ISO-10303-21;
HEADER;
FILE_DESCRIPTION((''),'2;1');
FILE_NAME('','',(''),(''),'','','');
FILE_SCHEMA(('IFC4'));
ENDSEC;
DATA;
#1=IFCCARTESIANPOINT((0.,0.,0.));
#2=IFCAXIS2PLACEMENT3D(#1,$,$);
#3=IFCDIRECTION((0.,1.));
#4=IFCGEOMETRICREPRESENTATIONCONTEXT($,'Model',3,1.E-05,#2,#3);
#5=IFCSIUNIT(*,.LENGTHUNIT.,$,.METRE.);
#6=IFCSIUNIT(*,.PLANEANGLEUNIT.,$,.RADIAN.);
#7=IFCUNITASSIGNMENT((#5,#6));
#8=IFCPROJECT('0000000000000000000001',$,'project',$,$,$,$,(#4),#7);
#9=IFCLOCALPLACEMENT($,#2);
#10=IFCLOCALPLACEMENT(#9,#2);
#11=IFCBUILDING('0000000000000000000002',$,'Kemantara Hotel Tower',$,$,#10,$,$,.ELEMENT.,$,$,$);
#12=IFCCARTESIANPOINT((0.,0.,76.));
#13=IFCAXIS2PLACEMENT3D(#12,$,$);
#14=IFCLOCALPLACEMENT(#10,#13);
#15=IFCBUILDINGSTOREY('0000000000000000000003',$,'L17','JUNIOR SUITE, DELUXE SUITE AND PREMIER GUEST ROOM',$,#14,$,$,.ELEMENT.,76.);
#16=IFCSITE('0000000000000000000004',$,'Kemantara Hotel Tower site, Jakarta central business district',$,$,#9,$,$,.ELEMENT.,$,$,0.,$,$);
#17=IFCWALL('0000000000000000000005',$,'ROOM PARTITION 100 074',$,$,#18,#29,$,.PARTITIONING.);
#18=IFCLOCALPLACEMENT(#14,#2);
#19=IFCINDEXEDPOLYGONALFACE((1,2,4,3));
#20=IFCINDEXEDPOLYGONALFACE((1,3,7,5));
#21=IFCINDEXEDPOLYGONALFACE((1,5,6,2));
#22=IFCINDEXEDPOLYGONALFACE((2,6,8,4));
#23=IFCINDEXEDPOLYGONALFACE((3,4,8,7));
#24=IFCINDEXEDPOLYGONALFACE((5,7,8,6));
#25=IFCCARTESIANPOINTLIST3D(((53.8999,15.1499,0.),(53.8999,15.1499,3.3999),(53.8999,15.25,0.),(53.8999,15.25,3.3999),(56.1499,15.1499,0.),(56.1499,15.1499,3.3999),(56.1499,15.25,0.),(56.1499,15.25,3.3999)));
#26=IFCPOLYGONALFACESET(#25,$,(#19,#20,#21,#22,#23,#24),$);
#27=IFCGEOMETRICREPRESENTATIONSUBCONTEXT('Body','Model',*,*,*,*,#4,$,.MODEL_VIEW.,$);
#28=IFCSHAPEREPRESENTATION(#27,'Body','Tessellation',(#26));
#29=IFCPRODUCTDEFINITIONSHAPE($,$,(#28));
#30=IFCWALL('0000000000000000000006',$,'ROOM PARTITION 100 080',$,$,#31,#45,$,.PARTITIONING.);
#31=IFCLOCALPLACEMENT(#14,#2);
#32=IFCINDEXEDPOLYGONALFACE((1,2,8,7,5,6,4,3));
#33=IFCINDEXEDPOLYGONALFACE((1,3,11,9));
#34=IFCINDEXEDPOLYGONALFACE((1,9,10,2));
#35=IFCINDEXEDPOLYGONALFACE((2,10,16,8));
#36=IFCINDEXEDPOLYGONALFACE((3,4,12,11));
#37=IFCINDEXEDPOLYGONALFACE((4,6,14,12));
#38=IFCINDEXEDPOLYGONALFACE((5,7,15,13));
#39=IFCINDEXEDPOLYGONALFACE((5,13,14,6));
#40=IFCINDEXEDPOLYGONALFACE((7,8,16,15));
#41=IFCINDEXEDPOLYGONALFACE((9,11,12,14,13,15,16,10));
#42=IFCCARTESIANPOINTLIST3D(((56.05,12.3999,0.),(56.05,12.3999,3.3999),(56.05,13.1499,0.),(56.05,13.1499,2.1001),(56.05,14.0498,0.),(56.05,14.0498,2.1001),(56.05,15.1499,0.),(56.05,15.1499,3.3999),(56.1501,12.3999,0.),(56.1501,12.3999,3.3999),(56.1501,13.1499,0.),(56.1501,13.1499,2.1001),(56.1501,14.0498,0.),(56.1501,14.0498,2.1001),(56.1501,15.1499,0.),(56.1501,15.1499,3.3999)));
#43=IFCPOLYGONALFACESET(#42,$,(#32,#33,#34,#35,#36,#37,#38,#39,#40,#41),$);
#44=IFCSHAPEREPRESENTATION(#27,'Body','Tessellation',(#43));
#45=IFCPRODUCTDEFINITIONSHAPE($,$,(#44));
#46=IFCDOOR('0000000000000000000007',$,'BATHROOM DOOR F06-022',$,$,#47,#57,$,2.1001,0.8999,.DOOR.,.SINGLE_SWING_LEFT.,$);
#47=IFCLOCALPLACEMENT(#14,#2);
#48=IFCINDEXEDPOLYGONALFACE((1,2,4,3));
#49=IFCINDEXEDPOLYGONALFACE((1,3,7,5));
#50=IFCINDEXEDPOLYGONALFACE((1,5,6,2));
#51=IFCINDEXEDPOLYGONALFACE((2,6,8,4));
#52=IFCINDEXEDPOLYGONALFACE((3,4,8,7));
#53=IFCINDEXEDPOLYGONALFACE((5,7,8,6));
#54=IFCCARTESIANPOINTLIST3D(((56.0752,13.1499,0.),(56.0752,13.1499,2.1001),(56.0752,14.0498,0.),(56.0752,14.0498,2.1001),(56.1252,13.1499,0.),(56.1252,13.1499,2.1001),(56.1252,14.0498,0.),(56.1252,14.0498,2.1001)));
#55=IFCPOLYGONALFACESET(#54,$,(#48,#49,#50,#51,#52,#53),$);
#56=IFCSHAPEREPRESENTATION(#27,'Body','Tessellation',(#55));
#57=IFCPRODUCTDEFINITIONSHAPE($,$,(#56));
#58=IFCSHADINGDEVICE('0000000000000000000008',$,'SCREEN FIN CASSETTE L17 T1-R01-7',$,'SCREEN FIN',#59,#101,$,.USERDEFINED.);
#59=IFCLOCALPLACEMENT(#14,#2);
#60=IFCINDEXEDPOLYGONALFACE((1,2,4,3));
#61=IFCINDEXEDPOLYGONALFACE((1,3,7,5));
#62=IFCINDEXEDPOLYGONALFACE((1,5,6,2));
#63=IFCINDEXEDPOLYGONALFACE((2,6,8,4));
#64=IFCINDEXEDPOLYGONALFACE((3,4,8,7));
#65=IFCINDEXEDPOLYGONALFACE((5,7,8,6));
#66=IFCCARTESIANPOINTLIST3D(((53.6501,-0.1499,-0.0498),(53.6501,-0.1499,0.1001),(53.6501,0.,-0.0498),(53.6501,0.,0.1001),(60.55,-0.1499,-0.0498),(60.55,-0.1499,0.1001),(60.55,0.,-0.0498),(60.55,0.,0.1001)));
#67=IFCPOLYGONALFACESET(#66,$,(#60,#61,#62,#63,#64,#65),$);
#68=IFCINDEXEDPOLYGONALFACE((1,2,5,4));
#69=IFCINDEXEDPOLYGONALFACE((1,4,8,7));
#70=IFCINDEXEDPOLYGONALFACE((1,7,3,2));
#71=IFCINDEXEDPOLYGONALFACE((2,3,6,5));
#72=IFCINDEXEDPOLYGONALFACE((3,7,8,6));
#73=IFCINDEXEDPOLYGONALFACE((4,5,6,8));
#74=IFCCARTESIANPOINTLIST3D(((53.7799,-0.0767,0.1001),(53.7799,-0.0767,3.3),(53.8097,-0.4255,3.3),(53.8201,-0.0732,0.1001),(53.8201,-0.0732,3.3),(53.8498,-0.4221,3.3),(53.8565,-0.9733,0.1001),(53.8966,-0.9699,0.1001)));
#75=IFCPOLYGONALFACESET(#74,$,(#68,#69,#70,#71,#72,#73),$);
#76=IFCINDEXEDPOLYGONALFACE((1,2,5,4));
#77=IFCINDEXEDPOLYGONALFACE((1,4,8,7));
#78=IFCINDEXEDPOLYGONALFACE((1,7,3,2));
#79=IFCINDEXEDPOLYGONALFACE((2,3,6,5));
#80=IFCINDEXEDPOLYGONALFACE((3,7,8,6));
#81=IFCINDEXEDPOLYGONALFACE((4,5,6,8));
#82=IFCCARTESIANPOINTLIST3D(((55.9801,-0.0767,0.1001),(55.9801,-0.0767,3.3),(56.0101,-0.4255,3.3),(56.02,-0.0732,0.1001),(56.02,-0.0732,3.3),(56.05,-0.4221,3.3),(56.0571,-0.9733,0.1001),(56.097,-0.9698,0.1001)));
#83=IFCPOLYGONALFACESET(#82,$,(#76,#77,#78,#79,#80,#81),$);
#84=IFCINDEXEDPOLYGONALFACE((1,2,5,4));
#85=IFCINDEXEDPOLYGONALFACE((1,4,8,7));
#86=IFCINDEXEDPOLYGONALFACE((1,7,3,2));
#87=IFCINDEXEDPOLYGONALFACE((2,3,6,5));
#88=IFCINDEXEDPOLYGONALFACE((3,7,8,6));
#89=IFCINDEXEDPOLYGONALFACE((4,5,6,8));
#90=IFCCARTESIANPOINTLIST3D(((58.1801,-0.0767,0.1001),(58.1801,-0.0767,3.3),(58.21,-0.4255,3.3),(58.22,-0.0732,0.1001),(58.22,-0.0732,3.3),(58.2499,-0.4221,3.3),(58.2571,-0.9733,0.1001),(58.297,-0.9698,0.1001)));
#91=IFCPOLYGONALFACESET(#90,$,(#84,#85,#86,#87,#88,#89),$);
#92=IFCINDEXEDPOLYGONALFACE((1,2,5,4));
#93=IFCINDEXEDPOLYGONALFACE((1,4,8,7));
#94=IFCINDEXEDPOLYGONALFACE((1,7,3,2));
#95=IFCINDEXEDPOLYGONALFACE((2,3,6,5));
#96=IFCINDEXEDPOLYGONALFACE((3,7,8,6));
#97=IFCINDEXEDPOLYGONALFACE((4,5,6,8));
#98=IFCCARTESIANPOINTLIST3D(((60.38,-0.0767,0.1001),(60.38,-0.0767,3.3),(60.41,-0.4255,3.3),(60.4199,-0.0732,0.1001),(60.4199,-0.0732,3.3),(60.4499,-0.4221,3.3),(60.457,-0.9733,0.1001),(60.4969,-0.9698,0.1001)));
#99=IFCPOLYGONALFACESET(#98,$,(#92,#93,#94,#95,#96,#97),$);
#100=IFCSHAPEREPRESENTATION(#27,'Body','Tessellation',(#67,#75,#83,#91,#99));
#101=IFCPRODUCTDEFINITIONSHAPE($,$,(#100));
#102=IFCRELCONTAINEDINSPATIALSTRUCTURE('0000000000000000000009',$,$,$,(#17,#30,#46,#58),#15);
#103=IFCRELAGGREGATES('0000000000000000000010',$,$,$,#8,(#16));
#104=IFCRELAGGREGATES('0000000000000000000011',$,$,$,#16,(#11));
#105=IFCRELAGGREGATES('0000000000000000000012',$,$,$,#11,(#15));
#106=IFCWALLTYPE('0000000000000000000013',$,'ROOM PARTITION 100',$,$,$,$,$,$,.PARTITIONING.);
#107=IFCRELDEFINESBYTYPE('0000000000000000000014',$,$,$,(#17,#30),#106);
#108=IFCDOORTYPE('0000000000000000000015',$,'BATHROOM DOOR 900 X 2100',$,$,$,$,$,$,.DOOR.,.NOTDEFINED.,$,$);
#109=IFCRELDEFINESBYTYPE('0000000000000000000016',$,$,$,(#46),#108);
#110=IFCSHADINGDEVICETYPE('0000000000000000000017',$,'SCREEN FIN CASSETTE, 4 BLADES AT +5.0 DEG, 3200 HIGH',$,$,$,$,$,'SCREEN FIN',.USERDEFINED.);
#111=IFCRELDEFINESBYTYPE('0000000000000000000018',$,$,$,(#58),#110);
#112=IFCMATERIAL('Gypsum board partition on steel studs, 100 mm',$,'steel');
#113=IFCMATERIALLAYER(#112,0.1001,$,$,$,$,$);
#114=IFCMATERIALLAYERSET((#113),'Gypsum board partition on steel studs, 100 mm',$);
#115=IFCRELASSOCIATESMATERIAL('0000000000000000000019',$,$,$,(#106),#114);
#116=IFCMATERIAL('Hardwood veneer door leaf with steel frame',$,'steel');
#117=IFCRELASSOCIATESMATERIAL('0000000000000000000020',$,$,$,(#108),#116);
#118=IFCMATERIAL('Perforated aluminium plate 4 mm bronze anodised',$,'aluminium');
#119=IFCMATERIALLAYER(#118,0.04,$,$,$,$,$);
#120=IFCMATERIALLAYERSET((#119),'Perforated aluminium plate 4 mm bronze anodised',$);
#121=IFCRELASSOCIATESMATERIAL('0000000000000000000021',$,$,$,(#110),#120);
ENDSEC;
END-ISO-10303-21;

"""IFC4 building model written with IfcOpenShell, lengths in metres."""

from ifc_helpers import new_model, si_unit, direction, frame, frame_2d, origin, origin_2d, place, context, subcontext, project, spatial, polyline, rectangle, outline, extrude, source, transform, mapped, material, layer, layer_set, type_object, element, fill, save


model = new_model("IFC4")

# Units and contexts
model_context = context("Model", 3, precision=1e-05, world=origin(), true_north=direction((0.0, 1.0)))
body_context = subcontext(model_context, "Body", "Model", "MODEL_VIEW")
ifc_project = project(units=[si_unit("LENGTHUNIT", "METRE"), si_unit("PLANEANGLEUNIT", "RADIAN")], contexts=[model_context])

# Site, building, storey
site_placement = place(None, origin())
site = spatial("IfcSite", under=ifc_project, at=site_placement, Name="Kemantara Hotel Tower site, Jakarta central business district", CompositionType="ELEMENT", RefElevation=0.0)
building_placement = place(site_placement, origin())
building = spatial("IfcBuilding", under=site, at=building_placement, Name="Kemantara Hotel Tower", CompositionType="ELEMENT")
storey_placement = place(building_placement, frame((0.0, 0.0, 76.0)))
storey = spatial("IfcBuildingStorey", under=building, at=storey_placement, Name="L17", Description="JUNIOR SUITE, DELUXE SUITE AND PREMIER GUEST ROOM", CompositionType="ELEMENT", Elevation=76.0)

# Shared definitions
ifc_material_1 = material(Name="Hardwood veneer door leaf with steel frame", Category="steel")

# Shared definitions
ifc_material_2 = material(Name="Gypsum board partition on steel studs, 100 mm", Category="steel")
ifc_layer_1 = layer(ifc_material_2, 0.1001)
ifc_layer_set_1 = layer_set([ifc_layer_1], Name="Gypsum board partition on steel studs, 100 mm")
wall_type_1 = type_object("IfcWallType", Name="ROOM PARTITION 100", PredefinedType="PARTITIONING", material=ifc_layer_set_1)
door_type_1 = type_object("IfcDoorType", Name="BATHROOM DOOR 900 X 2100", OperationType="NOTDEFINED", PredefinedType="DOOR", material=ifc_material_1)

# Wall
wall_1_placement = place(storey_placement, frame((53.8999, 15.2, 0.0), z_axis=(0.0, 0.0, 1.0), x_axis=(1.0, 0.0, 0.0)))
element("IfcWall", 1, at=wall_1_placement, inside=storey, type_object=wall_type_1, Name="ROOM PARTITION 100 074", PredefinedType="PARTITIONING", context=body_context, shape_type="SweptSolid", body=[
    extrude(rectangle(XDim=2.25, YDim=0.1001, at=frame_2d((1.125, 0.0))), origin(), (0.0, 0.0, 1.0), 3.3999),
])

# Wall, opening, door
wall_2_placement = place(storey_placement, frame((56.1001, 12.3999, 0.0), z_axis=(0.0, 0.0, 1.0), x_axis=(0.0, 1.0, 0.0)))
wall_2 = element("IfcWall", 2, at=wall_2_placement, inside=storey, type_object=wall_type_1, Name="ROOM PARTITION 100 080", PredefinedType="PARTITIONING", context=body_context, shape_type="SweptSolid", body=[
    extrude(rectangle(XDim=2.75, YDim=0.1001, at=frame_2d((1.375, 0.0))), origin(), (0.0, 0.0, 1.0), 3.3999),
])
opening_1_placement = place(wall_2_placement, frame((0.75, 0.0, 0.0)))
opening_1 = element("IfcOpeningElement", 3, at=opening_1_placement, cuts=wall_2, PredefinedType="OPENING", context=body_context, shape_type="SweptSolid", body=[
    extrude(rectangle(XDim=0.8999, YDim=2.1001, at=frame_2d((0.45, 1.05))), frame((0.0, 0.0601, 0.0), z_axis=(0.0, -1.0, 0.0), x_axis=(1.0, 0.0, 0.0)), (0.0, 0.0, 1.0), 0.1201),
])
door_1_placement = place(opening_1_placement, origin())
door_1 = element("IfcDoor", 4, at=door_1_placement, inside=storey, type_object=door_type_1, Name="BATHROOM DOOR F06-022", OperationType="SINGLE_SWING_LEFT", OverallHeight=2.1001, OverallWidth=0.8999, PredefinedType="DOOR", context=body_context, shape_type="SweptSolid", body=[
    extrude(rectangle(XDim=0.8999, YDim=2.1001, at=frame_2d((0.45, 1.05))), frame((0.0, 0.0249, 0.0), z_axis=(0.0, -1.0, 0.0), x_axis=(1.0, 0.0, 0.0)), (0.0, 0.0, 1.0), 0.05),
])
fill(opening_1, door_1)

# Shading device
ifc_material_3 = material(Name="Perforated aluminium plate 4 mm bronze anodised", Category="aluminium")
ifc_layer_2 = layer(ifc_material_3, 0.04)
ifc_layer_set_2 = layer_set([ifc_layer_2], Name="Perforated aluminium plate 4 mm bronze anodised")
shading_device_type = type_object("IfcShadingDeviceType", Name="SCREEN FIN CASSETTE, 4 BLADES AT +5.0 DEG, 3200 HIGH", ElementType="SCREEN FIN", PredefinedType="USERDEFINED", material=ifc_layer_set_2)
shared_shape = source(origin(), body_context, "Body", "SweptSolid", [
    extrude(rectangle(XDim=6.8999, YDim=0.1499, at=origin_2d()), frame((3.3, -0.075, -0.1499), z_axis=(0.0, 0.0, 1.0), x_axis=(1.0, 0.0, 0.0)), (0.0, 0.0, 1.0), 0.1499),
    extrude(outline(polyline([(0.0, 0.0), (0.8999, 0.0), (0.3501, 3.2), (0.0, 3.2), (0.0, 0.0)])), frame((0.02, -0.0732, 0.0), z_axis=(-0.996376, -0.085056, 0.0), x_axis=(0.085056, -0.996376, 0.0)), (0.0, 0.0, 1.0), 0.0403),
    extrude(outline(polyline([(0.0, 0.0), (0.8999, 0.0), (0.3501, 3.2), (0.0, 3.2), (0.0, 0.0)])), frame((2.22, -0.0732, 0.0), z_axis=(-0.996332, -0.085575, 0.0), x_axis=(0.085575, -0.996332, 0.0)), (0.0, 0.0, 1.0), 0.04),
    extrude(outline(polyline([(0.0, 0.0), (0.8999, 0.0), (0.3501, 3.2), (0.0, 3.2), (0.0, 0.0)])), frame((4.4199, -0.0732, 0.0), z_axis=(-0.996332, -0.085575, 0.0), x_axis=(0.085575, -0.996332, 0.0)), (0.0, 0.0, 1.0), 0.04),
    extrude(outline(polyline([(0.0, 0.0), (0.8999, 0.0), (0.3501, 3.2), (0.0, 3.2), (0.0, 0.0)])), frame((6.6199, -0.0732, 0.0), z_axis=(-0.996332, -0.085575, 0.0), x_axis=(0.085575, -0.996332, 0.0)), (0.0, 0.0, 1.0), 0.04),
])
shading_device_placement = place(storey_placement, frame((53.8, 0.0, 0.1001), z_axis=(0.0, 0.0, 1.0), x_axis=(1.0, 0.0, 0.0)))
element("IfcShadingDevice", 5, at=shading_device_placement, inside=storey, type_object=shading_device_type, Name="SCREEN FIN CASSETTE L17 T1-R01-7", ObjectType="SCREEN FIN", PredefinedType="USERDEFINED", context=body_context, shape_type="MappedRepresentation", body=[
    mapped(shared_shape, transform((0.0, 0.0, 0.0))),
])

save(model, "model.ifc")
